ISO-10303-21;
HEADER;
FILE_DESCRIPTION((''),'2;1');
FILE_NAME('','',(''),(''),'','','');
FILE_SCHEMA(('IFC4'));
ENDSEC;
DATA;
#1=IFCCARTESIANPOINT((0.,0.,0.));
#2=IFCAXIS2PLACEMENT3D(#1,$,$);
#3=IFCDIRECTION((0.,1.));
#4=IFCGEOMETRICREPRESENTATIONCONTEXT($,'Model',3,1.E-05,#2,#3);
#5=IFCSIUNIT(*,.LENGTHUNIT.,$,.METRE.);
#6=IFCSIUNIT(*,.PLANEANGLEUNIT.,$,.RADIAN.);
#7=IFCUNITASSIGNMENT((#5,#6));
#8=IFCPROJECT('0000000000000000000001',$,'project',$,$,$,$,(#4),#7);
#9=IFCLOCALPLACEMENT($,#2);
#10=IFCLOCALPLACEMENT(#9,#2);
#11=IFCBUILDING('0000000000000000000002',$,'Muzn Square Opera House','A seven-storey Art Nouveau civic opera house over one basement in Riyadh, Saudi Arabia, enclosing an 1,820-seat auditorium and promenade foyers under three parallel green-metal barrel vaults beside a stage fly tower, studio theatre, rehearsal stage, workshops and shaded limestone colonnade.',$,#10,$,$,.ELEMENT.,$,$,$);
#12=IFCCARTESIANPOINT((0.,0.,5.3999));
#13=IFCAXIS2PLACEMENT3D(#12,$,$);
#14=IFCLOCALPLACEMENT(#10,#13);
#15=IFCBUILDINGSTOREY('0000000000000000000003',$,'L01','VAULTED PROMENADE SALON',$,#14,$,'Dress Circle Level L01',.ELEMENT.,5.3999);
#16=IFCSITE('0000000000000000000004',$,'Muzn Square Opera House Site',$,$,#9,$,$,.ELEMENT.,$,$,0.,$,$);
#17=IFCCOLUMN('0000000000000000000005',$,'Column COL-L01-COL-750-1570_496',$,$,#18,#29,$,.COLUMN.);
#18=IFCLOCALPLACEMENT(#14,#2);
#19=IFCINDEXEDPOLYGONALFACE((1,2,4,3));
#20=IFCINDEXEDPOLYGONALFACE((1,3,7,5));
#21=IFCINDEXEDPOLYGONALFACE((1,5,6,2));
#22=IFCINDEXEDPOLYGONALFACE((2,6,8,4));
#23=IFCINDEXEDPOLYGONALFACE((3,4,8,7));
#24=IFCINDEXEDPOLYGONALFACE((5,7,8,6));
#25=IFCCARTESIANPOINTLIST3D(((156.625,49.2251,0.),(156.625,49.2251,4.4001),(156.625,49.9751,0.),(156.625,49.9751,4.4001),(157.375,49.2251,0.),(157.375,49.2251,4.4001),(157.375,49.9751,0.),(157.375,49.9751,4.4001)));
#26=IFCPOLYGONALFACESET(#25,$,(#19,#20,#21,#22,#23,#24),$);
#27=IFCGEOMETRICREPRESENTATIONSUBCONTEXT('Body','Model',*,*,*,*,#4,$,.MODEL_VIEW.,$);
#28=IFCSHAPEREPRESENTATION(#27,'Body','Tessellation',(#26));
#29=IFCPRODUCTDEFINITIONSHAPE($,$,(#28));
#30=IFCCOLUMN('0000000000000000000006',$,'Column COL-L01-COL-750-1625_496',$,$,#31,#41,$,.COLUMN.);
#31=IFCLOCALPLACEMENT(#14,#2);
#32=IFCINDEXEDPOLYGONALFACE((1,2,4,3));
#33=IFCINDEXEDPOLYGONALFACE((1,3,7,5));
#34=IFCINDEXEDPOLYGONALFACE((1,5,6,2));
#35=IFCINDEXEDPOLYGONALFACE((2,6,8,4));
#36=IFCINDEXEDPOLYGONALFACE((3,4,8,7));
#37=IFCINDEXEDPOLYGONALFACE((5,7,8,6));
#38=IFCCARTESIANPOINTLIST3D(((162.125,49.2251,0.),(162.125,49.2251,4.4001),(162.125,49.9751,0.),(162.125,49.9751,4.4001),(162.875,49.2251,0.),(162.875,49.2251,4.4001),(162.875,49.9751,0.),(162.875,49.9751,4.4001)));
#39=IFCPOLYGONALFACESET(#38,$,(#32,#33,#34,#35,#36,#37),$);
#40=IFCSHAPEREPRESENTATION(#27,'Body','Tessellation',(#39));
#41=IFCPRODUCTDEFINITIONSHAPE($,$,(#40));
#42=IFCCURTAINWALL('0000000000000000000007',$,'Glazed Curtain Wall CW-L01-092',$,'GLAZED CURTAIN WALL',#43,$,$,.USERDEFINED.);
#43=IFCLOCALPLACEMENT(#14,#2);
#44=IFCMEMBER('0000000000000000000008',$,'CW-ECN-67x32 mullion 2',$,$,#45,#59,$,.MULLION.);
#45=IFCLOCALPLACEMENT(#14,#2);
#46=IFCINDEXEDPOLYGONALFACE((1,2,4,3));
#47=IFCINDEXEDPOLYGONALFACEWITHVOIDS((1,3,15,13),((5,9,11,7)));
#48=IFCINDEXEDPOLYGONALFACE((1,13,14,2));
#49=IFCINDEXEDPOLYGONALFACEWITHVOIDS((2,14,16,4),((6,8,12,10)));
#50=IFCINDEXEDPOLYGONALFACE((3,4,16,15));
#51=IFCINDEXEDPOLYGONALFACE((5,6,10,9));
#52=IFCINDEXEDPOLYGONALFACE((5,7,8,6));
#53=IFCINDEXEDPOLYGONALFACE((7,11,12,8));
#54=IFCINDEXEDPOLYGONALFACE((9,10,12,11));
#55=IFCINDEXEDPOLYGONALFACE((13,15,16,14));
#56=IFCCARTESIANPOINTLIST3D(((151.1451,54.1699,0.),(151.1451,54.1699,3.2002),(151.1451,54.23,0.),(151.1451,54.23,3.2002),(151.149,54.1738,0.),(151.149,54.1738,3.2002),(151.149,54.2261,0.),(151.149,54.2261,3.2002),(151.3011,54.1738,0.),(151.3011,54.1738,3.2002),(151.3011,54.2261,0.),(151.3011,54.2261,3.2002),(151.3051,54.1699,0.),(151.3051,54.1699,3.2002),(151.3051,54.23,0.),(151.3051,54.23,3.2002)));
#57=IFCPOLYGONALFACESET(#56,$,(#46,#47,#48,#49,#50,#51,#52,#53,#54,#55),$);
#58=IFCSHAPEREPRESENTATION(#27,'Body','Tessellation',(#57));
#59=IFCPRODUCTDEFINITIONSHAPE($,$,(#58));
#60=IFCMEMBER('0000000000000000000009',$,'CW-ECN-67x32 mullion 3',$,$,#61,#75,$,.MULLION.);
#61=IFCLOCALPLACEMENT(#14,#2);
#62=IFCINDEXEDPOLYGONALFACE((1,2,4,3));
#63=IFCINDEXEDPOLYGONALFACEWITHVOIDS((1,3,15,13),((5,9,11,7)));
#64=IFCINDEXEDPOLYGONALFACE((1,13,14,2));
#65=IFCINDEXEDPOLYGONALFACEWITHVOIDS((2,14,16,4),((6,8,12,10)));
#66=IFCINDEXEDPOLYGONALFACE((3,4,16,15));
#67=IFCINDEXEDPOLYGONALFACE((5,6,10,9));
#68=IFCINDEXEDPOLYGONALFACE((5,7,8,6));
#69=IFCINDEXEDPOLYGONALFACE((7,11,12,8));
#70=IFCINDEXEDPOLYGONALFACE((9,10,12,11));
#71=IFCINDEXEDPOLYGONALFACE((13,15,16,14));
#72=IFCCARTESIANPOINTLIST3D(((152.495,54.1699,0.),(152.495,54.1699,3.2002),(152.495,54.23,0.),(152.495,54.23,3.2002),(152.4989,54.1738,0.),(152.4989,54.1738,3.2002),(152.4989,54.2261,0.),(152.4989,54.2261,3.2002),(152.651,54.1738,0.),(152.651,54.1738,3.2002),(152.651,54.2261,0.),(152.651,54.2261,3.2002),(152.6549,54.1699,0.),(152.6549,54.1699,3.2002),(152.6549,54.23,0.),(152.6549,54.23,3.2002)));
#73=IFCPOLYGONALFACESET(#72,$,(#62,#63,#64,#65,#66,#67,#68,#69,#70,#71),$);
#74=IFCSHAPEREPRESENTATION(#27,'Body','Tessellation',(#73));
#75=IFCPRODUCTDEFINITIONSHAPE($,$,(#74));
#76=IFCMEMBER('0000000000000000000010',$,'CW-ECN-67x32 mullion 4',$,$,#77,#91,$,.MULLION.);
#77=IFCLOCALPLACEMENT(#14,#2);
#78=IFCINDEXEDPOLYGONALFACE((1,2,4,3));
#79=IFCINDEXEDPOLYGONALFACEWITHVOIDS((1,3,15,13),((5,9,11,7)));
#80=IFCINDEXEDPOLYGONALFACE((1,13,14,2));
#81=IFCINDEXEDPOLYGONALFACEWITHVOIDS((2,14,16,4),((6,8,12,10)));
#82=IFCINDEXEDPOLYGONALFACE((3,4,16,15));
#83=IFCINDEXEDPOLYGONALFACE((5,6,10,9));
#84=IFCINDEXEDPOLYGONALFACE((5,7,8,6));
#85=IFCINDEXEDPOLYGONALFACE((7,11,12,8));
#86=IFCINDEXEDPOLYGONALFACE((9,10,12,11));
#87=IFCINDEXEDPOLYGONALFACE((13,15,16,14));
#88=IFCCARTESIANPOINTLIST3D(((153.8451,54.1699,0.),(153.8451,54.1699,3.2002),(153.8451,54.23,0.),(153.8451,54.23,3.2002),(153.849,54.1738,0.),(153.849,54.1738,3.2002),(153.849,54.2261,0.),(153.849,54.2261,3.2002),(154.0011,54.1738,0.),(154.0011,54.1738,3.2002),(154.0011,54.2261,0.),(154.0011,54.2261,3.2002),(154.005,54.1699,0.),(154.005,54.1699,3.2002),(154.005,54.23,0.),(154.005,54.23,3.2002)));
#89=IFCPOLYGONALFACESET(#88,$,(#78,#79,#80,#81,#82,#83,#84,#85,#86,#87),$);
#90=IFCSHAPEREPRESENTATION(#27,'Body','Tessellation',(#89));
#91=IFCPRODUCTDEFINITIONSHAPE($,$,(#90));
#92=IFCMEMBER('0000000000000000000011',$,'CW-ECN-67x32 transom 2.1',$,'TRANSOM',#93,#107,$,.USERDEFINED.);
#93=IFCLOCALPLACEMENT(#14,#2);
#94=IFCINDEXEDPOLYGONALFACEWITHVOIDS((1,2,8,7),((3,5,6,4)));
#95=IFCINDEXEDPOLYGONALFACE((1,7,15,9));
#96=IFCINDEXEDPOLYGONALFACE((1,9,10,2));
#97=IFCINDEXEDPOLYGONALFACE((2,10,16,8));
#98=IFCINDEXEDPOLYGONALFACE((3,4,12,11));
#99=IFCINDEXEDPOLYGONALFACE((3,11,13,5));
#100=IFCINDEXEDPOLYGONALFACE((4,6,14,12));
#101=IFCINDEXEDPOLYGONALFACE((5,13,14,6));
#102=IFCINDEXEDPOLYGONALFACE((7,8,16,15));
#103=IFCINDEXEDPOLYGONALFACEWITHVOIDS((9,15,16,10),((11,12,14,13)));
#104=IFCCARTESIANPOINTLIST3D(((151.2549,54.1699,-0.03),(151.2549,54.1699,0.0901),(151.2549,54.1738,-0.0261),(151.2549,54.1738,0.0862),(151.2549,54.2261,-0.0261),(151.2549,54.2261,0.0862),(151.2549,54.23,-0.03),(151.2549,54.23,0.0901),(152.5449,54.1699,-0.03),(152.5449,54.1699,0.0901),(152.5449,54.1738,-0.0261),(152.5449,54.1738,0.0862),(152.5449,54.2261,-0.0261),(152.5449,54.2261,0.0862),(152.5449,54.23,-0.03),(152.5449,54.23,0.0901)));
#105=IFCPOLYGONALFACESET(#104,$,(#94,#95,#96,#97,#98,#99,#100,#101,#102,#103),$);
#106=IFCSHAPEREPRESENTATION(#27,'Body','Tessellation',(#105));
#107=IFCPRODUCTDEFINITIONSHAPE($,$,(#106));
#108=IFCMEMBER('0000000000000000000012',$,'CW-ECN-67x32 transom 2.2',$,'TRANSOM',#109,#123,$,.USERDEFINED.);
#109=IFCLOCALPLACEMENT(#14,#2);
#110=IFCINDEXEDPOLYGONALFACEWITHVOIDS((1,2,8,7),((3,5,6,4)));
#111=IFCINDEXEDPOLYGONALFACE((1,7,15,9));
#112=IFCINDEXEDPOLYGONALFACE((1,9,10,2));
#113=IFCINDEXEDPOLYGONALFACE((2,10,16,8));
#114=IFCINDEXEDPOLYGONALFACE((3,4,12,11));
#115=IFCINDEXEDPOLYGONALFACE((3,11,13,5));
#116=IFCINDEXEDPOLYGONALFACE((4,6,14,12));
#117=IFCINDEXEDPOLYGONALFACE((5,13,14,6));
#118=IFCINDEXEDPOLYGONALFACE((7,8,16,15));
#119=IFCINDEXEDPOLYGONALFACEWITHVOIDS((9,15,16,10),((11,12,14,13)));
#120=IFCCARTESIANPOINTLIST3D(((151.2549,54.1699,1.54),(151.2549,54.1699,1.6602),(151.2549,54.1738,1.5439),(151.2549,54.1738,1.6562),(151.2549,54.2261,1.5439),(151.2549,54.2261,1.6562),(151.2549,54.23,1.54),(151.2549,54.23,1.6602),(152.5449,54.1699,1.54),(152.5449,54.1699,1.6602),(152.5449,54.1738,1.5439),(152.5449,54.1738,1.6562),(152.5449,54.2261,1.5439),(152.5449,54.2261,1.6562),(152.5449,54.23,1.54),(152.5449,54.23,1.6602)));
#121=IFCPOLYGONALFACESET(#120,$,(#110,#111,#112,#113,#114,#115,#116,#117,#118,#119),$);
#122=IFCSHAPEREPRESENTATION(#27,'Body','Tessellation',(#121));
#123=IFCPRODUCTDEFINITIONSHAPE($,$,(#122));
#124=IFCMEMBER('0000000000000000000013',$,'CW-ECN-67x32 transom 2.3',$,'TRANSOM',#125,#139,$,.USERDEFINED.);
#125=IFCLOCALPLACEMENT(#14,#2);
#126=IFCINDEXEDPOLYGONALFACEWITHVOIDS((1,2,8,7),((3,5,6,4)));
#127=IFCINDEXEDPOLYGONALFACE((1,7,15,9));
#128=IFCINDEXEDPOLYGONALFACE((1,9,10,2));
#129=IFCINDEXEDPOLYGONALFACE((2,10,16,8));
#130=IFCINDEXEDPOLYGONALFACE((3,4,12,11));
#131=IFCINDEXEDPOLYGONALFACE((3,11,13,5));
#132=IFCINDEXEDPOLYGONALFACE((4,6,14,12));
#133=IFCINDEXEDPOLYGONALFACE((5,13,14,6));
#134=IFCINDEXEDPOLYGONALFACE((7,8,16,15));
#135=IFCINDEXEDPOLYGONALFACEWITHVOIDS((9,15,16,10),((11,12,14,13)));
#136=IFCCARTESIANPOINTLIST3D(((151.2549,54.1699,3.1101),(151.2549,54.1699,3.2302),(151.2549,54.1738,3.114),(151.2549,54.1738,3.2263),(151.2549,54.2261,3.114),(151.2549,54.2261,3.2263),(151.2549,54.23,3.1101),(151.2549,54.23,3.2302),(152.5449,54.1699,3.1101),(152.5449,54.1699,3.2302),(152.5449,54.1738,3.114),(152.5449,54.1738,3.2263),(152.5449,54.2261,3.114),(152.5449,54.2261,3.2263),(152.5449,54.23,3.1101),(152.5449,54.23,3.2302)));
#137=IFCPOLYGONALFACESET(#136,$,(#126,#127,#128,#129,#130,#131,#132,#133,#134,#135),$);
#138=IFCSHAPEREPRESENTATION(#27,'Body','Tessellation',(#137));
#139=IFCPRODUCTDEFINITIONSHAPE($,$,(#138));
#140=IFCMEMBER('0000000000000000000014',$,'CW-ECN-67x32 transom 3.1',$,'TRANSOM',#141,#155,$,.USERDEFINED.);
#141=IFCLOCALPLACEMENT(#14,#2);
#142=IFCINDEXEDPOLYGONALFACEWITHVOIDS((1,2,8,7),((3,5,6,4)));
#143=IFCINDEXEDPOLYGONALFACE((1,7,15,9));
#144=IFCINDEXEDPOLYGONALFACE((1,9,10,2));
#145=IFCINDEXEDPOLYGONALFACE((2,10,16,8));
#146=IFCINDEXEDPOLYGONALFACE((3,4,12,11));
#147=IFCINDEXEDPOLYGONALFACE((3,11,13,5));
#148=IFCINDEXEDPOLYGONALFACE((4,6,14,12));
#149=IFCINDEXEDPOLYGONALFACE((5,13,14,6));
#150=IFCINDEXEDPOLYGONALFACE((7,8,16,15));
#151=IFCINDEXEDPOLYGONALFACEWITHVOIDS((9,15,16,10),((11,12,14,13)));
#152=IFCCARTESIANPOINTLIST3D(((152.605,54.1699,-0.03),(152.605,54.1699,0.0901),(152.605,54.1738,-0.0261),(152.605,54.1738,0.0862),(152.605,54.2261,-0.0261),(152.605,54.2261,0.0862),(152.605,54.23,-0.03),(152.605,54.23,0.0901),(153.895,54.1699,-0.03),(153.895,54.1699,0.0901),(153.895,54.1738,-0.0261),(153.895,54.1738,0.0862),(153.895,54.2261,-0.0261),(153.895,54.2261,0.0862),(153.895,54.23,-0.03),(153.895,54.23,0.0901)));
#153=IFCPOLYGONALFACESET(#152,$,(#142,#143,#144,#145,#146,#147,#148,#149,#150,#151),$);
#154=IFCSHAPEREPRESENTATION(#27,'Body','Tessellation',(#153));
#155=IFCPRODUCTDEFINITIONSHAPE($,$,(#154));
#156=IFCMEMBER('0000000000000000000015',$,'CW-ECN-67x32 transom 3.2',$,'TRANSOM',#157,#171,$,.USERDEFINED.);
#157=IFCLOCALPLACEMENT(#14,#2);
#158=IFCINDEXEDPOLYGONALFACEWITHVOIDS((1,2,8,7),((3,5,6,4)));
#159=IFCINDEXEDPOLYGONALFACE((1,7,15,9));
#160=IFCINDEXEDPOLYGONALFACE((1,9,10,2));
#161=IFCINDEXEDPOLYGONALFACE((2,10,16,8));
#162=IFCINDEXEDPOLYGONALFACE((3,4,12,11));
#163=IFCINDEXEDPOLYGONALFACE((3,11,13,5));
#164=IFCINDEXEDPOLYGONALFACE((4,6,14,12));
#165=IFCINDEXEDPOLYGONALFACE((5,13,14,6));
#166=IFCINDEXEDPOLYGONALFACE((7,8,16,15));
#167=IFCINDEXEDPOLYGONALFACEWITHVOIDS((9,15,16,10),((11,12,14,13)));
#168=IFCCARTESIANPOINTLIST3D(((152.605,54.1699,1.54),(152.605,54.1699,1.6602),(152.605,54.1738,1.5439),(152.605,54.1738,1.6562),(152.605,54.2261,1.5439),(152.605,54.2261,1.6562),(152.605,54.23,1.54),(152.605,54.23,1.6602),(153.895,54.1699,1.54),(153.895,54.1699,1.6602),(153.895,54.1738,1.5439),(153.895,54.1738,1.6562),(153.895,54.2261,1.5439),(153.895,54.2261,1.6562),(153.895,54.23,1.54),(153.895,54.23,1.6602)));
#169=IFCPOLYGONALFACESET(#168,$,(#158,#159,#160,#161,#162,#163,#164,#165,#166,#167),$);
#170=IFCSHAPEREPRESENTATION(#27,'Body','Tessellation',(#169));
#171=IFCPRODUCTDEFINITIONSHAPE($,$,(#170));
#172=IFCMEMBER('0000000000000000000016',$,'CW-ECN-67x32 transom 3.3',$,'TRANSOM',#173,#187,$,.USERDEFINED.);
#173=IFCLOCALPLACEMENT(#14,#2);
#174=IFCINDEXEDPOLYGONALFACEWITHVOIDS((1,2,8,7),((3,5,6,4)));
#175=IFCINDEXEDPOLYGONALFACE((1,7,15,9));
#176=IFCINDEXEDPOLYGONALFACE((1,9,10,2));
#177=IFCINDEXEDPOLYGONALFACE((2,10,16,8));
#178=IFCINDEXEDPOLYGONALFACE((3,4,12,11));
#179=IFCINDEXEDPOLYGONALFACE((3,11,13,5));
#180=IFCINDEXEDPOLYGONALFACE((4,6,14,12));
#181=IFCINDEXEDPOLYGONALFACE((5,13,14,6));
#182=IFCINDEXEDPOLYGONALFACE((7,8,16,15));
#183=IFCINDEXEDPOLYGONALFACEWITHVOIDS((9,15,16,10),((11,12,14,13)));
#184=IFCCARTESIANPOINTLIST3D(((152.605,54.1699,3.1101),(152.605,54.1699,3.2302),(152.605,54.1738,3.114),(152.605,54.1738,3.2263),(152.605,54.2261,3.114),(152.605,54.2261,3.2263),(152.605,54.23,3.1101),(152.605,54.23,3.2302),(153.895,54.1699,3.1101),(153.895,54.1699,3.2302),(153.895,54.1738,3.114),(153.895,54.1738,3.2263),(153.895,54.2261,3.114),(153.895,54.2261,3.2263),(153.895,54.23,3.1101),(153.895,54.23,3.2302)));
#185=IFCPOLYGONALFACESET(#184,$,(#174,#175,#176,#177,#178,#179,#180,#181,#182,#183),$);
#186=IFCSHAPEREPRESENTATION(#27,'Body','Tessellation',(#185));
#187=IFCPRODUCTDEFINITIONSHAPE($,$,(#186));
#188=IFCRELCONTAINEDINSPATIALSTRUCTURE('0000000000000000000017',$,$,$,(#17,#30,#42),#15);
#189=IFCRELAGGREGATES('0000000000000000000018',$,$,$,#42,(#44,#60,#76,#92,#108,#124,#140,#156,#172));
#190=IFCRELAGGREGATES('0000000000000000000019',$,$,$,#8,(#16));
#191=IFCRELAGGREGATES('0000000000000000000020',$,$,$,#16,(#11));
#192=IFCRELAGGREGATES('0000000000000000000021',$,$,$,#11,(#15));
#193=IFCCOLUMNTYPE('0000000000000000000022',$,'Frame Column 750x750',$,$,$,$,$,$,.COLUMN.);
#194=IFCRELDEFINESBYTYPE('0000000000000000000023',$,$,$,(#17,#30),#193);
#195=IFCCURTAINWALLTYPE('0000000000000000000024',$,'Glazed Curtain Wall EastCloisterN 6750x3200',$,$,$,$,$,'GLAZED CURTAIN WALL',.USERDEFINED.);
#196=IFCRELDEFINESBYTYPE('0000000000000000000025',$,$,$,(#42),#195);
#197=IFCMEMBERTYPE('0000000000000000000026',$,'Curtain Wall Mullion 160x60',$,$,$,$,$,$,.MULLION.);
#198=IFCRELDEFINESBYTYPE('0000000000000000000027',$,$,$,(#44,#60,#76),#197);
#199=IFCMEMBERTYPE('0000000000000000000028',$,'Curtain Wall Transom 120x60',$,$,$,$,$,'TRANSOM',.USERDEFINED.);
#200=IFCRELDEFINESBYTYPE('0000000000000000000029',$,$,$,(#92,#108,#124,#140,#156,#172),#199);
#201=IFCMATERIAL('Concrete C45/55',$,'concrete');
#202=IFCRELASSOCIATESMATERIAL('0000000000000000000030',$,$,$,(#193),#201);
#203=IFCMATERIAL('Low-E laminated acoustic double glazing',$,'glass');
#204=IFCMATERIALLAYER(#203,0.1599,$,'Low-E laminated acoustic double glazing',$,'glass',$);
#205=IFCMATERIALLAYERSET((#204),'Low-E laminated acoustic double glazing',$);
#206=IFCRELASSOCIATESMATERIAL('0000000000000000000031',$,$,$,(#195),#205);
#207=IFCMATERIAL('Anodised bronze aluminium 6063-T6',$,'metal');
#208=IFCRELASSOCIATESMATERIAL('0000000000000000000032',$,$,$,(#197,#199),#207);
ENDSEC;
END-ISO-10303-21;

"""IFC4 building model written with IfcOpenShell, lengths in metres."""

from ifc_helpers import new_model, si_unit, direction, frame, origin, origin_2d, place, context, subcontext, project, spatial, rectangle, hollow_rectangle, extrude, material, layer, layer_set, material_profile, profile_set, type_object, element, aggregate, save


model = new_model("IFC4")

# Units and contexts
model_context = context("Model", 3, precision=1e-05, world=origin(), true_north=direction((0.0, 1.0)))
body_context = subcontext(model_context, "Body", "Model", "MODEL_VIEW")
ifc_project = project(units=[si_unit("LENGTHUNIT", "METRE"), si_unit("PLANEANGLEUNIT", "RADIAN")], contexts=[model_context])

# Site, building, storey
site_placement = place(None, origin())
site = spatial("IfcSite", under=ifc_project, at=site_placement, Name="Muzn Square Opera House Site", CompositionType="ELEMENT", RefElevation=0.0)
building_placement = place(site_placement, origin())
building = spatial("IfcBuilding", under=site, at=building_placement, Name="Muzn Square Opera House", Description="A seven-storey Art Nouveau civic opera house over one basement in Riyadh, Saudi Arabia, enclosing an 1,820-seat auditorium and promenade foyers under three parallel green-metal barrel vaults beside a stage fly tower, studio theatre, rehearsal stage, workshops and shaded limestone colonnade.", CompositionType="ELEMENT")
storey_placement = place(building_placement, frame((0.0, 0.0, 5.3999)))
storey = spatial("IfcBuildingStorey", under=building, at=storey_placement, Name="L01", Description="VAULTED PROMENADE SALON", LongName="Dress Circle Level L01", CompositionType="ELEMENT", Elevation=5.3999)

# Columns
ifc_material_1 = material(Name="Concrete C45/55", Category="concrete")
ifc_material_profile_1 = material_profile(ifc_material_1, rectangle(XDim=0.75, YDim=0.75, at=origin_2d()), Name="RC 750x750", Category="concrete")
ifc_profile_set_1 = profile_set([ifc_material_profile_1], Name="Concrete C45/55")
column_type = type_object("IfcColumnType", Name="Frame Column 750x750", PredefinedType="COLUMN", material=ifc_profile_set_1)
for number, where, z_axis, x_axis, name in (
    (1, (157.0, 49.6001, 0.0), (0.0, 0.0, 1.0), (1.0, 0.0, 0.0), "Column COL-L01-COL-750-1570_496"),
    (2, (162.5, 49.6001, 0.0), (0.0, 0.0, 1.0), (1.0, 0.0, 0.0), "Column COL-L01-COL-750-1625_496"),
):
    element("IfcColumn", number, at=place(storey_placement, frame(where, z_axis=z_axis, x_axis=x_axis)), inside=storey, type_object=column_type, Name=name, PredefinedType="COLUMN", context=body_context, shape_type="SweptSolid", body=[
        extrude(rectangle(XDim=0.75, YDim=0.75, at=origin_2d()), origin(), (0.0, 0.0, 1.0), 4.4001),
    ])

# Curtain wall, members
ifc_material_2 = material(Name="Low-E laminated acoustic double glazing", Category="glass")
ifc_layer_1 = layer(ifc_material_2, 0.1599, Name="Low-E laminated acoustic double glazing", Category="glass")
ifc_layer_set_1 = layer_set([ifc_layer_1], Name="Low-E laminated acoustic double glazing")
curtain_wall_type = type_object("IfcCurtainWallType", Name="Glazed Curtain Wall EastCloisterN 6750x3200", ElementType="GLAZED CURTAIN WALL", PredefinedType="USERDEFINED", material=ifc_layer_set_1)
curtain_wall_placement = place(storey_placement, origin())
curtain_wall = element("IfcCurtainWall", 3, at=curtain_wall_placement, inside=storey, type_object=curtain_wall_type, Name="Glazed Curtain Wall CW-L01-092", ObjectType="GLAZED CURTAIN WALL", PredefinedType="USERDEFINED")
ifc_material_3 = material(Name="Anodised bronze aluminium 6063-T6", Category="metal")
ifc_material_profile_2 = material_profile(ifc_material_3, hollow_rectangle(XDim=0.0601, YDim=0.1599, WallThickness=0.0039, at=origin_2d()), Name="ALU 160x60x4", Category="metal")
ifc_profile_set_2 = profile_set([ifc_material_profile_2], Name="Anodised bronze aluminium 6063-T6")
member_type_1 = type_object("IfcMemberType", Name="Curtain Wall Mullion 160x60", PredefinedType="MULLION", material=ifc_profile_set_2)
member_1_placement = place(storey_placement, frame((151.2251, 54.2, 0.0), z_axis=(0.0, 0.0, 1.0), x_axis=(0.0, 1.0, 0.0)))
member_1 = element("IfcMember", 4, at=member_1_placement, type_object=member_type_1, Name="CW-ECN-67x32 mullion 2", PredefinedType="MULLION", context=body_context, shape_type="SweptSolid", body=[
    extrude(hollow_rectangle(XDim=0.0601, YDim=0.1599, WallThickness=0.0039, at=origin_2d()), origin(), (0.0, 0.0, 1.0), 3.2002),
])
member_2_placement = place(storey_placement, frame((152.575, 54.2, 0.0), z_axis=(0.0, 0.0, 1.0), x_axis=(0.0, 1.0, 0.0)))
member_2 = element("IfcMember", 5, at=member_2_placement, type_object=member_type_1, Name="CW-ECN-67x32 mullion 3", PredefinedType="MULLION", context=body_context, shape_type="SweptSolid", body=[
    extrude(hollow_rectangle(XDim=0.0601, YDim=0.1599, WallThickness=0.0039, at=origin_2d()), origin(), (0.0, 0.0, 1.0), 3.2002),
])
member_3_placement = place(storey_placement, frame((153.925, 54.2, 0.0), z_axis=(0.0, 0.0, 1.0), x_axis=(0.0, 1.0, 0.0)))
member_3 = element("IfcMember", 6, at=member_3_placement, type_object=member_type_1, Name="CW-ECN-67x32 mullion 4", PredefinedType="MULLION", context=body_context, shape_type="SweptSolid", body=[
    extrude(hollow_rectangle(XDim=0.0601, YDim=0.1599, WallThickness=0.0039, at=origin_2d()), origin(), (0.0, 0.0, 1.0), 3.2002),
])
ifc_material_profile_3 = material_profile(ifc_material_3, hollow_rectangle(XDim=0.0601, YDim=0.1201, WallThickness=0.0039, at=origin_2d()), Name="ALU 120x60x4", Category="metal")
ifc_profile_set_3 = profile_set([ifc_material_profile_3], Name="Anodised bronze aluminium 6063-T6")
member_type_2 = type_object("IfcMemberType", Name="Curtain Wall Transom 120x60", ElementType="TRANSOM", PredefinedType="USERDEFINED", material=ifc_profile_set_3)
member_4_placement = place(storey_placement, frame((151.2549, 54.2, 0.03), z_axis=(1.0, 0.0, 0.0), x_axis=(0.0, 1.0, 0.0)))
member_4 = element("IfcMember", 7, at=member_4_placement, type_object=member_type_2, Name="CW-ECN-67x32 transom 2.1", ObjectType="TRANSOM", PredefinedType="USERDEFINED", context=body_context, shape_type="SweptSolid", body=[
    extrude(hollow_rectangle(XDim=0.0601, YDim=0.1201, WallThickness=0.0039, at=origin_2d()), origin(), (0.0, 0.0, 1.0), 1.29),
])
member_5_placement = place(storey_placement, frame((151.2549, 54.2, 1.6001), z_axis=(1.0, 0.0, 0.0), x_axis=(0.0, 1.0, 0.0)))
member_5 = element("IfcMember", 8, at=member_5_placement, type_object=member_type_2, Name="CW-ECN-67x32 transom 2.2", ObjectType="TRANSOM", PredefinedType="USERDEFINED", context=body_context, shape_type="SweptSolid", body=[
    extrude(hollow_rectangle(XDim=0.0601, YDim=0.1201, WallThickness=0.0039, at=origin_2d()), origin(), (0.0, 0.0, 1.0), 1.29),
])
member_6_placement = place(storey_placement, frame((151.2549, 54.2, 3.1702), z_axis=(1.0, 0.0, 0.0), x_axis=(0.0, 1.0, 0.0)))
member_6 = element("IfcMember", 9, at=member_6_placement, type_object=member_type_2, Name="CW-ECN-67x32 transom 2.3", ObjectType="TRANSOM", PredefinedType="USERDEFINED", context=body_context, shape_type="SweptSolid", body=[
    extrude(hollow_rectangle(XDim=0.0601, YDim=0.1201, WallThickness=0.0039, at=origin_2d()), origin(), (0.0, 0.0, 1.0), 1.29),
])
member_7_placement = place(storey_placement, frame((152.605, 54.2, 0.03), z_axis=(1.0, 0.0, 0.0), x_axis=(0.0, 1.0, 0.0)))
member_7 = element("IfcMember", 10, at=member_7_placement, type_object=member_type_2, Name="CW-ECN-67x32 transom 3.1", ObjectType="TRANSOM", PredefinedType="USERDEFINED", context=body_context, shape_type="SweptSolid", body=[
    extrude(hollow_rectangle(XDim=0.0601, YDim=0.1201, WallThickness=0.0039, at=origin_2d()), origin(), (0.0, 0.0, 1.0), 1.29),
])
member_8_placement = place(storey_placement, frame((152.605, 54.2, 1.6001), z_axis=(1.0, 0.0, 0.0), x_axis=(0.0, 1.0, 0.0)))
member_8 = element("IfcMember", 11, at=member_8_placement, type_object=member_type_2, Name="CW-ECN-67x32 transom 3.2", ObjectType="TRANSOM", PredefinedType="USERDEFINED", context=body_context, shape_type="SweptSolid", body=[
    extrude(hollow_rectangle(XDim=0.0601, YDim=0.1201, WallThickness=0.0039, at=origin_2d()), origin(), (0.0, 0.0, 1.0), 1.29),
])
member_9_placement = place(storey_placement, frame((152.605, 54.2, 3.1702), z_axis=(1.0, 0.0, 0.0), x_axis=(0.0, 1.0, 0.0)))
member_9 = element("IfcMember", 12, at=member_9_placement, type_object=member_type_2, Name="CW-ECN-67x32 transom 3.3", ObjectType="TRANSOM", PredefinedType="USERDEFINED", context=body_context, shape_type="SweptSolid", body=[
    extrude(hollow_rectangle(XDim=0.0601, YDim=0.1201, WallThickness=0.0039, at=origin_2d()), origin(), (0.0, 0.0, 1.0), 1.29),
])

aggregate(curtain_wall, [member_1, member_2, member_3, member_4, member_5, member_6, member_7, member_8, member_9])

save(model, "model.ifc")
